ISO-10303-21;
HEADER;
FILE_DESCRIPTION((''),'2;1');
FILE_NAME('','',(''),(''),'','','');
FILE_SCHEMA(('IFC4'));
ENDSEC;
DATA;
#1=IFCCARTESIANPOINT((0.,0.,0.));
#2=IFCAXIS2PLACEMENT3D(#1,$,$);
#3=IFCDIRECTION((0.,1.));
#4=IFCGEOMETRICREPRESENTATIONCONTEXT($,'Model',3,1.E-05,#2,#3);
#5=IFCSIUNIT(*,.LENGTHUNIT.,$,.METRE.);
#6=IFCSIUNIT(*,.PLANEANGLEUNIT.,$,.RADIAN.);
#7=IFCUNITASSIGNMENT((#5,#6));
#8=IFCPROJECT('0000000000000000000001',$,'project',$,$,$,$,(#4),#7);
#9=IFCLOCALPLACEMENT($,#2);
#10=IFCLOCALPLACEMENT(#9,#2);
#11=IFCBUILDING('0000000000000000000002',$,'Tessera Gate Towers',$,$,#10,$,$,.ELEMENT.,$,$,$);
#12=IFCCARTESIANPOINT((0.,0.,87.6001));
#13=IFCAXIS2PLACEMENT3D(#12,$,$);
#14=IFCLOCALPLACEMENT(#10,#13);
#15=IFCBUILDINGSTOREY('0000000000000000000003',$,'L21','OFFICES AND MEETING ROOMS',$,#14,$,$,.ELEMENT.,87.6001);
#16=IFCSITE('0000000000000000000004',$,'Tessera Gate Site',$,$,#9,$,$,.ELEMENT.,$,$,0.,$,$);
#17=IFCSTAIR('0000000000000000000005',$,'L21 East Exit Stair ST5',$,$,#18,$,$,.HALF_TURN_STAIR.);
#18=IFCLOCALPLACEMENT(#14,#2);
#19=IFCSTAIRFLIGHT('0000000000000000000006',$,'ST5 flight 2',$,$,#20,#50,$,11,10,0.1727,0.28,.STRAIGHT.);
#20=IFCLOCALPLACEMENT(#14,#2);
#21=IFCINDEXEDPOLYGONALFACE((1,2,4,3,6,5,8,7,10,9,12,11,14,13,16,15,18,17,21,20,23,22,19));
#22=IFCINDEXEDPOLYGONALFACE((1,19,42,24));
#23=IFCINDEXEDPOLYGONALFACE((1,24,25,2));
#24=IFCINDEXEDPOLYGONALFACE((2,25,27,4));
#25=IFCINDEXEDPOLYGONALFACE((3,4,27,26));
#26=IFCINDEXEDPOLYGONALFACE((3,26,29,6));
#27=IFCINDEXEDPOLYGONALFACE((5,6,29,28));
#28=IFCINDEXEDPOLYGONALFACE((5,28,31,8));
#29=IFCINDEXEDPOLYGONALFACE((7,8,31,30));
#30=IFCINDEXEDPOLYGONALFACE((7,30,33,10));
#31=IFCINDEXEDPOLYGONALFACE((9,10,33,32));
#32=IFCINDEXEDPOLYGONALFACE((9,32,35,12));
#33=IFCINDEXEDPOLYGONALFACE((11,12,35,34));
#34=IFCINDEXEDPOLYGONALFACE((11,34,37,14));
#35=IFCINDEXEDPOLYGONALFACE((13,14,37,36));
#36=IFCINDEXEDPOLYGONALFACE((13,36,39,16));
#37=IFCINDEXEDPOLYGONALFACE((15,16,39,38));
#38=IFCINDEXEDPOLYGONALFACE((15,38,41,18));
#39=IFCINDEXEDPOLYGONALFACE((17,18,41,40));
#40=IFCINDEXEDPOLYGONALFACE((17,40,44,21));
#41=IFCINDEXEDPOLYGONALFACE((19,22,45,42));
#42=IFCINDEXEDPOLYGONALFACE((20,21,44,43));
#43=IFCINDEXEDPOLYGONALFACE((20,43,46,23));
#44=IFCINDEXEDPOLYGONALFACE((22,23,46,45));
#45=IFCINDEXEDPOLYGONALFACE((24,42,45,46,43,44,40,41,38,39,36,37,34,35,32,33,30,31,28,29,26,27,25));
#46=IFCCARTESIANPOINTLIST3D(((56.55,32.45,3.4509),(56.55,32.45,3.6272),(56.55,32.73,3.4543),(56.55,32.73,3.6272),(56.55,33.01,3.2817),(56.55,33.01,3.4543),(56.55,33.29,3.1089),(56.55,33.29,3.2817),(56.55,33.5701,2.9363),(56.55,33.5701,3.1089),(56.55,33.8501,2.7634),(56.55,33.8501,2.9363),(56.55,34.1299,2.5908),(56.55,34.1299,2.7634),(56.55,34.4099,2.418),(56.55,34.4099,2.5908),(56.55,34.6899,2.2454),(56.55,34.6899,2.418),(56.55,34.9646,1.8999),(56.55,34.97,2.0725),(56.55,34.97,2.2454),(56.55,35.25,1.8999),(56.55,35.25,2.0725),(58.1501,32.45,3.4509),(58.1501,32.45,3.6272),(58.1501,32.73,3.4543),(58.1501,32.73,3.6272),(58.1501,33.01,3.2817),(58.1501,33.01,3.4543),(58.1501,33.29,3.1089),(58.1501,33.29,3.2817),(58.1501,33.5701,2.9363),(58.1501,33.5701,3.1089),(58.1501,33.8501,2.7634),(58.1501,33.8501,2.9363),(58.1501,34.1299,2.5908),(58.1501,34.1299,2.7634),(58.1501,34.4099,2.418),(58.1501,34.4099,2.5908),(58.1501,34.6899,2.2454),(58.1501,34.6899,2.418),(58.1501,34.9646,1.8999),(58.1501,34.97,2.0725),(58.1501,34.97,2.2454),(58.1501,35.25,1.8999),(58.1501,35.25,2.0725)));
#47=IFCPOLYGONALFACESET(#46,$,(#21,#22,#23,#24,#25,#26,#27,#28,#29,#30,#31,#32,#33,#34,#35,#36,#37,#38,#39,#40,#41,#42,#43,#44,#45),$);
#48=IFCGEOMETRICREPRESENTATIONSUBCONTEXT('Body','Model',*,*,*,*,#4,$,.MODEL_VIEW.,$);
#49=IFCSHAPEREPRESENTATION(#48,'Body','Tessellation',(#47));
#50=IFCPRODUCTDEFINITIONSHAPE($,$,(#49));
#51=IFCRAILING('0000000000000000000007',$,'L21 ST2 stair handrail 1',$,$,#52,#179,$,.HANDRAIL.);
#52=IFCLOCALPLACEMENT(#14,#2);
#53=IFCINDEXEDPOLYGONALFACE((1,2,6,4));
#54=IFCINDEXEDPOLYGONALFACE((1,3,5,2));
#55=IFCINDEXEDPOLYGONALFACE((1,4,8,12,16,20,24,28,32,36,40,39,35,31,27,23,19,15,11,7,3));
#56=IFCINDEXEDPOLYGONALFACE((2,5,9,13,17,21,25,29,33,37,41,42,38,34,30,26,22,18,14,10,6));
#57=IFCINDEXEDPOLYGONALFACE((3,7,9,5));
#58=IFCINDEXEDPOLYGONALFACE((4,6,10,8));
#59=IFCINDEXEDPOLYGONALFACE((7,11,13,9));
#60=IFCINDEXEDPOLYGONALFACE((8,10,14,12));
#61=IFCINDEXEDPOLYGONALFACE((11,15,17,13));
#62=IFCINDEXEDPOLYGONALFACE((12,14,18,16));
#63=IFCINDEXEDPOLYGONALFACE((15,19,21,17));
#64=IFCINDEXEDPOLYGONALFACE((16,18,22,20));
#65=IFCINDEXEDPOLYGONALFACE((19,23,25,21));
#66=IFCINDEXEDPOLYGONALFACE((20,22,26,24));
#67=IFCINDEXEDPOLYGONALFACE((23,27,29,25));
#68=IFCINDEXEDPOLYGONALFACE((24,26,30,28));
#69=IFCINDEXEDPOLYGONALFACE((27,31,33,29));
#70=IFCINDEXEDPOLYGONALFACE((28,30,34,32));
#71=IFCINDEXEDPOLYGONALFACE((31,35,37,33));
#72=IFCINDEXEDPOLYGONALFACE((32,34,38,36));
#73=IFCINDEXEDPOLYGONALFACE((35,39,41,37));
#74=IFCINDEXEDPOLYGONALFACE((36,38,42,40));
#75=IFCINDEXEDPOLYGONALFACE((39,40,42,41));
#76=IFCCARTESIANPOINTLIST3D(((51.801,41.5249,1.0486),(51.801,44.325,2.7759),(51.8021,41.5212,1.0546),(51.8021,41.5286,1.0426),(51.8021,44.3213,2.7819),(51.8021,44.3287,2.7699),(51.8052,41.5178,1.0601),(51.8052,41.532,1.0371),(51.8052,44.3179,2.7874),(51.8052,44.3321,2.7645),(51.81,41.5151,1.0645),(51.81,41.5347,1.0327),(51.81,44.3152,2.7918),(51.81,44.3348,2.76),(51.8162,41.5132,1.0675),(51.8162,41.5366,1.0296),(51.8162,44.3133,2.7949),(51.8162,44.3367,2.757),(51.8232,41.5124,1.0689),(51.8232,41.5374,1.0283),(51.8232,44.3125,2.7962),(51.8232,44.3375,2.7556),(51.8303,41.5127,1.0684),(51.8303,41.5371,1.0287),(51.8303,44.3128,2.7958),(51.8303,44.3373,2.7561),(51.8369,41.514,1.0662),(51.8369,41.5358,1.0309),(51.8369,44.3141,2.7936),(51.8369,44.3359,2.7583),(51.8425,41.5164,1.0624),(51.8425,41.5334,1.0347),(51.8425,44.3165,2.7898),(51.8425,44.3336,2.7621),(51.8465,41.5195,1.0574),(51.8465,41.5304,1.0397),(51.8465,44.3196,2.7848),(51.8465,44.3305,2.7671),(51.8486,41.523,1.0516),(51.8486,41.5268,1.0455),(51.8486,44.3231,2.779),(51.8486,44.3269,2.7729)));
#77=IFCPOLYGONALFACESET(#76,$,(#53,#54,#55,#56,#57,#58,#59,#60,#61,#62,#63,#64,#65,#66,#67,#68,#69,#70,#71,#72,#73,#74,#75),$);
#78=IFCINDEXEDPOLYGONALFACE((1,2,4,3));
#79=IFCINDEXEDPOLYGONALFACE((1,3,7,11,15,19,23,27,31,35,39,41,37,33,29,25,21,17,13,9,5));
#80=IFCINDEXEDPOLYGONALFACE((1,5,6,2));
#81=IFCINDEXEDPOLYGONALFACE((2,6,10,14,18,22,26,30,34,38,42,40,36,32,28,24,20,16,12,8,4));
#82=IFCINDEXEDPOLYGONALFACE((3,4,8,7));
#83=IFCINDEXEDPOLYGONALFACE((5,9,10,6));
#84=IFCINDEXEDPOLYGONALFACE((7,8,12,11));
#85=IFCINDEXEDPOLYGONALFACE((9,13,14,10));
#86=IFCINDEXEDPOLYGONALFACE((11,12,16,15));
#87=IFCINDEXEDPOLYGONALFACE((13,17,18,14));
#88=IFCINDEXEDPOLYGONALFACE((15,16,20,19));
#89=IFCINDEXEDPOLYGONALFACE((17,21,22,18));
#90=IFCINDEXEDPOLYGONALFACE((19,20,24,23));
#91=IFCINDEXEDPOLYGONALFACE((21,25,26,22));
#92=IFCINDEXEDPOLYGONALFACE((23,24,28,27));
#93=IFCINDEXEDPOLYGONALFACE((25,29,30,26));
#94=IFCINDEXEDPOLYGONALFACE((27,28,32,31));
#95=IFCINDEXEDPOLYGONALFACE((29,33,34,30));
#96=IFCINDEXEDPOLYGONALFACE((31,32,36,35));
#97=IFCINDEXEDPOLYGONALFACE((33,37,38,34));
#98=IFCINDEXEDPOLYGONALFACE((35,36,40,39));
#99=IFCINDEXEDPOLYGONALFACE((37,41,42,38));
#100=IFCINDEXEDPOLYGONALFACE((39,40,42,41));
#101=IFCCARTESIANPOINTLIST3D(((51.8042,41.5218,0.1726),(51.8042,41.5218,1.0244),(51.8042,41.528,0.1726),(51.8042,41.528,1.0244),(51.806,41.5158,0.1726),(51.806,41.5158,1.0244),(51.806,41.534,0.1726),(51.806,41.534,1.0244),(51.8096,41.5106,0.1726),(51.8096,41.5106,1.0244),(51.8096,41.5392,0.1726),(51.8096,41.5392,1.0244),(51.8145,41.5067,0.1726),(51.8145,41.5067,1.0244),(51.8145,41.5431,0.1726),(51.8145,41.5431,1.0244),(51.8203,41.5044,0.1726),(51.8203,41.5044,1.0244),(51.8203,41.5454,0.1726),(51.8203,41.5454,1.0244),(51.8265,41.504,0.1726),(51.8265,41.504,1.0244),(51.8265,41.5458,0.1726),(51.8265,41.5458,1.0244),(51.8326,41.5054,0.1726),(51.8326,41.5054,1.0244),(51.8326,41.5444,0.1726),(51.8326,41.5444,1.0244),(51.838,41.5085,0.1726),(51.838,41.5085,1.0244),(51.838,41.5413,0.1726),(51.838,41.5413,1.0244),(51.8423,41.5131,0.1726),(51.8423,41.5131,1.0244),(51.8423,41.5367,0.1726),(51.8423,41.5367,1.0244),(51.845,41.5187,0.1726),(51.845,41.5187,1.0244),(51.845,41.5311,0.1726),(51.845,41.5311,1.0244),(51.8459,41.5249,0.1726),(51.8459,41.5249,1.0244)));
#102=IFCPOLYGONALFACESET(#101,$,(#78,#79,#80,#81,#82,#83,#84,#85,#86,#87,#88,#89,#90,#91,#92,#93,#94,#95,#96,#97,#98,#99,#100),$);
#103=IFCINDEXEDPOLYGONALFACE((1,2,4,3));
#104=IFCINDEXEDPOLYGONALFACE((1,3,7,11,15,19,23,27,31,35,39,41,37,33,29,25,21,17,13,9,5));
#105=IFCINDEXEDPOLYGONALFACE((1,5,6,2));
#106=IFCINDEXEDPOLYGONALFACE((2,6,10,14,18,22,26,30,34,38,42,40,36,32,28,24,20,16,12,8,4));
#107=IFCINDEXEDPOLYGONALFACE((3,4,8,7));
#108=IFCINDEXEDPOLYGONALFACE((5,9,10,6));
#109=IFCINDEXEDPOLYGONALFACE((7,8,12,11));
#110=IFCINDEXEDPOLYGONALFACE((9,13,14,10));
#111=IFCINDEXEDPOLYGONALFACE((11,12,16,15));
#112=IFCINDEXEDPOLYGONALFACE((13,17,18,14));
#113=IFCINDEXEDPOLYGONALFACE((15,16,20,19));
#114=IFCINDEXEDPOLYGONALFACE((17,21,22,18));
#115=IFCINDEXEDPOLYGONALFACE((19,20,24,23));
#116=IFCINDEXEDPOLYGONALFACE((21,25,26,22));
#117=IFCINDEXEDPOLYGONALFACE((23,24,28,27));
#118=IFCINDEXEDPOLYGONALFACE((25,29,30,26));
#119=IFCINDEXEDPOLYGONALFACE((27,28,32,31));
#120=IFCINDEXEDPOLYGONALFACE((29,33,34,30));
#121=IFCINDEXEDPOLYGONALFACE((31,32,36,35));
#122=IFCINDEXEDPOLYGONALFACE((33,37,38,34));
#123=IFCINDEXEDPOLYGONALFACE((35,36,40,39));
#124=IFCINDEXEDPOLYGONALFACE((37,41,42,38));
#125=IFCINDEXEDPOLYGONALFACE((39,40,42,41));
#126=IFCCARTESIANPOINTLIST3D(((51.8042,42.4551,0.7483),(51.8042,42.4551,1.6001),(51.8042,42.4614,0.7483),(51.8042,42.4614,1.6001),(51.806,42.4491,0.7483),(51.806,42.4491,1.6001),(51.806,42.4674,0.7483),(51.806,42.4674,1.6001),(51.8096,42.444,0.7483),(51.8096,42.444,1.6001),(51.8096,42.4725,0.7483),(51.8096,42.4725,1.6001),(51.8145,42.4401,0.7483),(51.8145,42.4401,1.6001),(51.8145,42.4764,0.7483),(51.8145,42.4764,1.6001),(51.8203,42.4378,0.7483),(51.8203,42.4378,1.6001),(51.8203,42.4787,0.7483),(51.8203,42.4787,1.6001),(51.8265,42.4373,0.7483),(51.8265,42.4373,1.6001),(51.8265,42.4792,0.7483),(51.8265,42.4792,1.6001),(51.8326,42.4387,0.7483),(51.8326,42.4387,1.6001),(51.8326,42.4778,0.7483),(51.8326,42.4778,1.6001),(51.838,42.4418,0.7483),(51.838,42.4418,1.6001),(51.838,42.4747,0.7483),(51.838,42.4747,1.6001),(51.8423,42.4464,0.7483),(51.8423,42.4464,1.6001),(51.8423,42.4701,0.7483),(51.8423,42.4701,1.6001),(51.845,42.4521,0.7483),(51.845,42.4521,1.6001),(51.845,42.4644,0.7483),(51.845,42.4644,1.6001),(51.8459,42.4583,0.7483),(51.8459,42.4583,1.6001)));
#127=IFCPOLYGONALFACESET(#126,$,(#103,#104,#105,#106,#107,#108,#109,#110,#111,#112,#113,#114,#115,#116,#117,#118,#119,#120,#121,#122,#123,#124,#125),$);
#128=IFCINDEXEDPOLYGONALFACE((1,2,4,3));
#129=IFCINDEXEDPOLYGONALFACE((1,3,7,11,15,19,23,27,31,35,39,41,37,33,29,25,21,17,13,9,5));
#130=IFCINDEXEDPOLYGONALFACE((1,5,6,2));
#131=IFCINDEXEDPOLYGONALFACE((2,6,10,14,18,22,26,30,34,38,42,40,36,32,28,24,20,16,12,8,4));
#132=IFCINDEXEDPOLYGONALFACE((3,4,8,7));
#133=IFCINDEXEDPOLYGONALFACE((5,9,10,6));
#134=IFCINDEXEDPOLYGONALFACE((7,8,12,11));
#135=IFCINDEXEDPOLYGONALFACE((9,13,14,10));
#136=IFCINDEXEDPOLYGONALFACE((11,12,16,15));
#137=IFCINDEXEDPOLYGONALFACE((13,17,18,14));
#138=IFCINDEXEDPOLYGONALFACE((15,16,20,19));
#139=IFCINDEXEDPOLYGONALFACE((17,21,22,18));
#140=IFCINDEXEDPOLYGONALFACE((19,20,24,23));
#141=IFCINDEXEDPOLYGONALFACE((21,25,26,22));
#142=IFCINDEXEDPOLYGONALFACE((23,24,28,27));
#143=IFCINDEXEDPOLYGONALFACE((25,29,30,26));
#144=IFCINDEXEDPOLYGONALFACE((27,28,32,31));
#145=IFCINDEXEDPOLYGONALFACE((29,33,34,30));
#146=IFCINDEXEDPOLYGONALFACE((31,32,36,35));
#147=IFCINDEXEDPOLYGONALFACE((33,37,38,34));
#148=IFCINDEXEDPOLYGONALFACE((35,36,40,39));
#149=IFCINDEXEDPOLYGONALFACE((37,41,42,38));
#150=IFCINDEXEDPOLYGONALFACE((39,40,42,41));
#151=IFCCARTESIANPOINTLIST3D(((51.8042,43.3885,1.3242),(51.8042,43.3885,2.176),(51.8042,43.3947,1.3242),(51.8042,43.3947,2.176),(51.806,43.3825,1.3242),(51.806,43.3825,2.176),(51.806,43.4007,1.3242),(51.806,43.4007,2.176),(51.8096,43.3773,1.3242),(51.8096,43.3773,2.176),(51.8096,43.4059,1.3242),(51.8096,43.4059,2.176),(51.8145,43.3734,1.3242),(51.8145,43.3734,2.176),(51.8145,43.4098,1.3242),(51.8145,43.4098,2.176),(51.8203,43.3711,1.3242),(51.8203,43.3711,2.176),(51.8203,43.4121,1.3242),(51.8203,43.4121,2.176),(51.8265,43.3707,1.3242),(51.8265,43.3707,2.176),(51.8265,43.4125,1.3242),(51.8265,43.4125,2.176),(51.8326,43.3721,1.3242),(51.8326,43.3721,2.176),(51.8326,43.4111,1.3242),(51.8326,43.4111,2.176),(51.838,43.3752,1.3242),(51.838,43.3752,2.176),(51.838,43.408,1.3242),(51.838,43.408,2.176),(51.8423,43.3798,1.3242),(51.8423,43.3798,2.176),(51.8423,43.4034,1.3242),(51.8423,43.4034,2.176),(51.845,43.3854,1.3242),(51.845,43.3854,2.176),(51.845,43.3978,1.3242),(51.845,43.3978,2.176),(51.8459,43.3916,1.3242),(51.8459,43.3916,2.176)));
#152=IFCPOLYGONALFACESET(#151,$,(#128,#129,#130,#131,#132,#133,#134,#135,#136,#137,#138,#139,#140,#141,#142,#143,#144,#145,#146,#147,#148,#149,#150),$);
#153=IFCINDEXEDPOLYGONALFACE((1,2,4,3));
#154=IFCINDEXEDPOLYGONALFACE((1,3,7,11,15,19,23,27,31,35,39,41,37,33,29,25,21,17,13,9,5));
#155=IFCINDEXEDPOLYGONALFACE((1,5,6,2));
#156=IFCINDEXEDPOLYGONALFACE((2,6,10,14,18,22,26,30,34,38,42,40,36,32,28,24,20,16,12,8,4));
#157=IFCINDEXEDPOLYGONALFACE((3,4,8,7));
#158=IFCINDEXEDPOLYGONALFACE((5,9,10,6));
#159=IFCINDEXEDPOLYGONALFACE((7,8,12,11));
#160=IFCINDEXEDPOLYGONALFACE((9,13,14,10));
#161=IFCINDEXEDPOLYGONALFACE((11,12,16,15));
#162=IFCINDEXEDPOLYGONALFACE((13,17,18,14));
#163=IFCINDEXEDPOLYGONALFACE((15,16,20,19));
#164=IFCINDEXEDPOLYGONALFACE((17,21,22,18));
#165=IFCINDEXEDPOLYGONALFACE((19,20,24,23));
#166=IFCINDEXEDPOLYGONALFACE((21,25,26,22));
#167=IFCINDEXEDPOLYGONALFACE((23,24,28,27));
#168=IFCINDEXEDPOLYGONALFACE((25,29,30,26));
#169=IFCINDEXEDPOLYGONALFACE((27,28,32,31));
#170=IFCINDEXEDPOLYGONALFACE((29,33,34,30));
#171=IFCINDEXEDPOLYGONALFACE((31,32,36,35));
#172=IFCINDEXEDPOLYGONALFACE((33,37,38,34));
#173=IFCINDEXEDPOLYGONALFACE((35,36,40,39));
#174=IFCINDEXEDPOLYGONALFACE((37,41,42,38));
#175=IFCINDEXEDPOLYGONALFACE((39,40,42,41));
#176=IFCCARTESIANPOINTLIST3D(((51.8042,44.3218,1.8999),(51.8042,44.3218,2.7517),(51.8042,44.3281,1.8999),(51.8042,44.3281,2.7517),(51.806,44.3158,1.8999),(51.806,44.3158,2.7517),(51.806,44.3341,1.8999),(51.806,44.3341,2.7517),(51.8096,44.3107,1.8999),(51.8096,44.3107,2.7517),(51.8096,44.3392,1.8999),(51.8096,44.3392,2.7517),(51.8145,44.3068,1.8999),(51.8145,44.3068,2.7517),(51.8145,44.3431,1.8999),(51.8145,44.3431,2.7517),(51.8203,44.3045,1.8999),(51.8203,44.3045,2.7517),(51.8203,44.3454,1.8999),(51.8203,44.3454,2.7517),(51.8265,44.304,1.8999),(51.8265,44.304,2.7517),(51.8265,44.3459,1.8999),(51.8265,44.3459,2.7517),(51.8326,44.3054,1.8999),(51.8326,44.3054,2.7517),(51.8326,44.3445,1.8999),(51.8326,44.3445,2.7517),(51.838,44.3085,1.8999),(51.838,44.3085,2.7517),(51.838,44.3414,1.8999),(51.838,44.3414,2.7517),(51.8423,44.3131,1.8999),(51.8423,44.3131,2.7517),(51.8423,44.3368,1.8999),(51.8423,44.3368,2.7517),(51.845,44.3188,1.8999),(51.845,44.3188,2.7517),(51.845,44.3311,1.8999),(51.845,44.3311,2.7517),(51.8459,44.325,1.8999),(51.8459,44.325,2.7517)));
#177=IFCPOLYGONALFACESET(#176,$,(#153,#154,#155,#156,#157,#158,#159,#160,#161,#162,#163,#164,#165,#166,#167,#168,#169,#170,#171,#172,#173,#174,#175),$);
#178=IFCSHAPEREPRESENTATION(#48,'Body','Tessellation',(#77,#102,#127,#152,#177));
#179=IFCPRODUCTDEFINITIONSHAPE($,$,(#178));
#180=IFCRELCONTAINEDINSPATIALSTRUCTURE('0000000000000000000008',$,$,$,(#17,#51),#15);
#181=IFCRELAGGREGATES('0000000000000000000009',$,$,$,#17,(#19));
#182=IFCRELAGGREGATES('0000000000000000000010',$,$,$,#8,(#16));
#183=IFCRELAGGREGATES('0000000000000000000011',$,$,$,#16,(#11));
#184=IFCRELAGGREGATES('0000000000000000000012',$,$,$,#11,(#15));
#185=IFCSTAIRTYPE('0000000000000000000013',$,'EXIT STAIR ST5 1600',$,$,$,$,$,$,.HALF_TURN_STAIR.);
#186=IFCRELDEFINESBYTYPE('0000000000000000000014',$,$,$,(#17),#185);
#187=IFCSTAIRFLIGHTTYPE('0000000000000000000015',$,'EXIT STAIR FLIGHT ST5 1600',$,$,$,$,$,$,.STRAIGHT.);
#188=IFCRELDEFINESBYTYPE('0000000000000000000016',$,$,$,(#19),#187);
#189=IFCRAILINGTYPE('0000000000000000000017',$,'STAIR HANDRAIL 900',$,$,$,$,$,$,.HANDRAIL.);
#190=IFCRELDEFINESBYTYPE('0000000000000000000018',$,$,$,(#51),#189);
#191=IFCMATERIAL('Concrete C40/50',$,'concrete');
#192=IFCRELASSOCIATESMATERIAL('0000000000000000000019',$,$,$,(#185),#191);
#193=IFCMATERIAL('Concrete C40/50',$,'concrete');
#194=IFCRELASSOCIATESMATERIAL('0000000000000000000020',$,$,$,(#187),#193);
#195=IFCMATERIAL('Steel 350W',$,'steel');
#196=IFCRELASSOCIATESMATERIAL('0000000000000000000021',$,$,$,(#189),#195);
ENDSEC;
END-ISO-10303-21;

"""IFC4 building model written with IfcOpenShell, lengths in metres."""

from ifc_helpers import new_model, si_unit, direction, frame, origin, origin_2d, place, context, subcontext, project, spatial, polyline, circle, outline, extrude, material, type_object, element, aggregate, save


model = new_model("IFC4")

# Units and contexts
model_context = context("Model", 3, precision=1e-05, world=origin(), true_north=direction((0.0, 1.0)))
body_context = subcontext(model_context, "Body", "Model", "MODEL_VIEW")
ifc_project = project(units=[si_unit("LENGTHUNIT", "METRE"), si_unit("PLANEANGLEUNIT", "RADIAN")], contexts=[model_context])

# Site, building, storey
site_placement = place(None, origin())
site = spatial("IfcSite", under=ifc_project, at=site_placement, Name="Tessera Gate Site", CompositionType="ELEMENT", RefElevation=0.0)
building_placement = place(site_placement, origin())
building = spatial("IfcBuilding", under=site, at=building_placement, Name="Tessera Gate Towers", CompositionType="ELEMENT")
storey_placement = place(building_placement, frame((0.0, 0.0, 87.6001)))
storey = spatial("IfcBuildingStorey", under=building, at=storey_placement, Name="L21", Description="OFFICES AND MEETING ROOMS", CompositionType="ELEMENT", Elevation=87.6001)

# Stair, stair flight
ifc_material_1 = material(Name="Concrete C40/50", Category="concrete")
stair_type_1 = type_object("IfcStairType", Name="EXIT STAIR ST5 1600", PredefinedType="HALF_TURN_STAIR", material=ifc_material_1)
stair_1_placement = place(storey_placement, origin())
stair_1 = element("IfcStair", 1, at=stair_1_placement, inside=storey, type_object=stair_type_1, Name="L21 East Exit Stair ST5", PredefinedType="HALF_TURN_STAIR")
ifc_material_2 = material(Name="Concrete C40/50", Category="concrete")
stair_flight_type_1 = type_object("IfcStairFlightType", Name="EXIT STAIR FLIGHT ST5 1600", PredefinedType="STRAIGHT", material=ifc_material_2)
stair_flight_1_placement = place(storey_placement, frame((57.3501, 35.25, 1.8999), z_axis=(0.0, 0.0, 1.0), x_axis=(0.0, -1.0, 0.0)))
stair_flight_1 = element("IfcStairFlight", 2, at=stair_flight_1_placement, type_object=stair_flight_type_1, Name="ST5 flight 2", NumberOfRisers=11, NumberOfTreads=10, PredefinedType="STRAIGHT", RiserHeight=0.1727, TreadLength=0.28, context=body_context, shape_type="SweptSolid", body=[
    extrude(outline(polyline([(0.0, 0.0), (0.0, 0.1726), (0.28, 0.1726), (0.28, 0.3455), (0.5601, 0.3455), (0.5601, 0.5181), (0.8401, 0.5181), (0.8401, 0.6909), (1.1201, 0.6909), (1.1201, 0.8635), (1.3999, 0.8635), (1.3999, 1.0364), (1.6799, 1.0364), (1.6799, 1.209), (1.96, 1.209), (1.96, 1.3818), (2.24, 1.3818), (2.24, 1.5544), (2.52, 1.5544), (2.52, 1.7273), (2.8, 1.7273), (2.8, 1.8999), (2.8, 1.551), (0.2854, 0.0), (0.0, 0.0)])), frame((0.0, 0.8, 0.0), z_axis=(0.0, -1.0, 0.0), x_axis=(1.0, 0.0, 0.0)), (0.0, 0.0, 1.0), 1.6001),
])
aggregate(stair_1, [stair_flight_1])

# Railing
ifc_material_3 = material(Name="Steel 350W", Category="steel")
railing_type_1 = type_object("IfcRailingType", Name="STAIR HANDRAIL 900", PredefinedType="HANDRAIL", material=ifc_material_3)
for number, where, name in (
    (3, (51.825, 41.5249, 0.1726), "L21 ST2 stair handrail 1"),
):
    element("IfcRailing", number, at=place(storey_placement, frame(where)), inside=storey, type_object=railing_type_1, Name=name, PredefinedType="HANDRAIL", context=body_context, shape_type="SweptSolid", body=[
        extrude(circle(Radius=0.0239, at=origin_2d()), frame((0.0, 0.0, 0.876), z_axis=(0.0, 0.85109, 0.52502), x_axis=(-1.0, 0.0, 0.0)), (0.0, 0.0, 1.0), 3.29),
        extrude(circle(Radius=0.021, at=origin_2d()), origin(), (0.0, 0.0, 1.0), 0.8518),
        extrude(circle(Radius=0.021, at=origin_2d()), frame((0.0, 0.9333, 0.5757)), (0.0, 0.0, 1.0), 0.8518),
        extrude(circle(Radius=0.021, at=origin_2d()), frame((0.0, 1.8667, 1.1516)), (0.0, 0.0, 1.0), 0.8518),
        extrude(circle(Radius=0.021, at=origin_2d()), frame((0.0, 2.8, 1.7273)), (0.0, 0.0, 1.0), 0.8518),
    ])

save(model, "model.ifc")
